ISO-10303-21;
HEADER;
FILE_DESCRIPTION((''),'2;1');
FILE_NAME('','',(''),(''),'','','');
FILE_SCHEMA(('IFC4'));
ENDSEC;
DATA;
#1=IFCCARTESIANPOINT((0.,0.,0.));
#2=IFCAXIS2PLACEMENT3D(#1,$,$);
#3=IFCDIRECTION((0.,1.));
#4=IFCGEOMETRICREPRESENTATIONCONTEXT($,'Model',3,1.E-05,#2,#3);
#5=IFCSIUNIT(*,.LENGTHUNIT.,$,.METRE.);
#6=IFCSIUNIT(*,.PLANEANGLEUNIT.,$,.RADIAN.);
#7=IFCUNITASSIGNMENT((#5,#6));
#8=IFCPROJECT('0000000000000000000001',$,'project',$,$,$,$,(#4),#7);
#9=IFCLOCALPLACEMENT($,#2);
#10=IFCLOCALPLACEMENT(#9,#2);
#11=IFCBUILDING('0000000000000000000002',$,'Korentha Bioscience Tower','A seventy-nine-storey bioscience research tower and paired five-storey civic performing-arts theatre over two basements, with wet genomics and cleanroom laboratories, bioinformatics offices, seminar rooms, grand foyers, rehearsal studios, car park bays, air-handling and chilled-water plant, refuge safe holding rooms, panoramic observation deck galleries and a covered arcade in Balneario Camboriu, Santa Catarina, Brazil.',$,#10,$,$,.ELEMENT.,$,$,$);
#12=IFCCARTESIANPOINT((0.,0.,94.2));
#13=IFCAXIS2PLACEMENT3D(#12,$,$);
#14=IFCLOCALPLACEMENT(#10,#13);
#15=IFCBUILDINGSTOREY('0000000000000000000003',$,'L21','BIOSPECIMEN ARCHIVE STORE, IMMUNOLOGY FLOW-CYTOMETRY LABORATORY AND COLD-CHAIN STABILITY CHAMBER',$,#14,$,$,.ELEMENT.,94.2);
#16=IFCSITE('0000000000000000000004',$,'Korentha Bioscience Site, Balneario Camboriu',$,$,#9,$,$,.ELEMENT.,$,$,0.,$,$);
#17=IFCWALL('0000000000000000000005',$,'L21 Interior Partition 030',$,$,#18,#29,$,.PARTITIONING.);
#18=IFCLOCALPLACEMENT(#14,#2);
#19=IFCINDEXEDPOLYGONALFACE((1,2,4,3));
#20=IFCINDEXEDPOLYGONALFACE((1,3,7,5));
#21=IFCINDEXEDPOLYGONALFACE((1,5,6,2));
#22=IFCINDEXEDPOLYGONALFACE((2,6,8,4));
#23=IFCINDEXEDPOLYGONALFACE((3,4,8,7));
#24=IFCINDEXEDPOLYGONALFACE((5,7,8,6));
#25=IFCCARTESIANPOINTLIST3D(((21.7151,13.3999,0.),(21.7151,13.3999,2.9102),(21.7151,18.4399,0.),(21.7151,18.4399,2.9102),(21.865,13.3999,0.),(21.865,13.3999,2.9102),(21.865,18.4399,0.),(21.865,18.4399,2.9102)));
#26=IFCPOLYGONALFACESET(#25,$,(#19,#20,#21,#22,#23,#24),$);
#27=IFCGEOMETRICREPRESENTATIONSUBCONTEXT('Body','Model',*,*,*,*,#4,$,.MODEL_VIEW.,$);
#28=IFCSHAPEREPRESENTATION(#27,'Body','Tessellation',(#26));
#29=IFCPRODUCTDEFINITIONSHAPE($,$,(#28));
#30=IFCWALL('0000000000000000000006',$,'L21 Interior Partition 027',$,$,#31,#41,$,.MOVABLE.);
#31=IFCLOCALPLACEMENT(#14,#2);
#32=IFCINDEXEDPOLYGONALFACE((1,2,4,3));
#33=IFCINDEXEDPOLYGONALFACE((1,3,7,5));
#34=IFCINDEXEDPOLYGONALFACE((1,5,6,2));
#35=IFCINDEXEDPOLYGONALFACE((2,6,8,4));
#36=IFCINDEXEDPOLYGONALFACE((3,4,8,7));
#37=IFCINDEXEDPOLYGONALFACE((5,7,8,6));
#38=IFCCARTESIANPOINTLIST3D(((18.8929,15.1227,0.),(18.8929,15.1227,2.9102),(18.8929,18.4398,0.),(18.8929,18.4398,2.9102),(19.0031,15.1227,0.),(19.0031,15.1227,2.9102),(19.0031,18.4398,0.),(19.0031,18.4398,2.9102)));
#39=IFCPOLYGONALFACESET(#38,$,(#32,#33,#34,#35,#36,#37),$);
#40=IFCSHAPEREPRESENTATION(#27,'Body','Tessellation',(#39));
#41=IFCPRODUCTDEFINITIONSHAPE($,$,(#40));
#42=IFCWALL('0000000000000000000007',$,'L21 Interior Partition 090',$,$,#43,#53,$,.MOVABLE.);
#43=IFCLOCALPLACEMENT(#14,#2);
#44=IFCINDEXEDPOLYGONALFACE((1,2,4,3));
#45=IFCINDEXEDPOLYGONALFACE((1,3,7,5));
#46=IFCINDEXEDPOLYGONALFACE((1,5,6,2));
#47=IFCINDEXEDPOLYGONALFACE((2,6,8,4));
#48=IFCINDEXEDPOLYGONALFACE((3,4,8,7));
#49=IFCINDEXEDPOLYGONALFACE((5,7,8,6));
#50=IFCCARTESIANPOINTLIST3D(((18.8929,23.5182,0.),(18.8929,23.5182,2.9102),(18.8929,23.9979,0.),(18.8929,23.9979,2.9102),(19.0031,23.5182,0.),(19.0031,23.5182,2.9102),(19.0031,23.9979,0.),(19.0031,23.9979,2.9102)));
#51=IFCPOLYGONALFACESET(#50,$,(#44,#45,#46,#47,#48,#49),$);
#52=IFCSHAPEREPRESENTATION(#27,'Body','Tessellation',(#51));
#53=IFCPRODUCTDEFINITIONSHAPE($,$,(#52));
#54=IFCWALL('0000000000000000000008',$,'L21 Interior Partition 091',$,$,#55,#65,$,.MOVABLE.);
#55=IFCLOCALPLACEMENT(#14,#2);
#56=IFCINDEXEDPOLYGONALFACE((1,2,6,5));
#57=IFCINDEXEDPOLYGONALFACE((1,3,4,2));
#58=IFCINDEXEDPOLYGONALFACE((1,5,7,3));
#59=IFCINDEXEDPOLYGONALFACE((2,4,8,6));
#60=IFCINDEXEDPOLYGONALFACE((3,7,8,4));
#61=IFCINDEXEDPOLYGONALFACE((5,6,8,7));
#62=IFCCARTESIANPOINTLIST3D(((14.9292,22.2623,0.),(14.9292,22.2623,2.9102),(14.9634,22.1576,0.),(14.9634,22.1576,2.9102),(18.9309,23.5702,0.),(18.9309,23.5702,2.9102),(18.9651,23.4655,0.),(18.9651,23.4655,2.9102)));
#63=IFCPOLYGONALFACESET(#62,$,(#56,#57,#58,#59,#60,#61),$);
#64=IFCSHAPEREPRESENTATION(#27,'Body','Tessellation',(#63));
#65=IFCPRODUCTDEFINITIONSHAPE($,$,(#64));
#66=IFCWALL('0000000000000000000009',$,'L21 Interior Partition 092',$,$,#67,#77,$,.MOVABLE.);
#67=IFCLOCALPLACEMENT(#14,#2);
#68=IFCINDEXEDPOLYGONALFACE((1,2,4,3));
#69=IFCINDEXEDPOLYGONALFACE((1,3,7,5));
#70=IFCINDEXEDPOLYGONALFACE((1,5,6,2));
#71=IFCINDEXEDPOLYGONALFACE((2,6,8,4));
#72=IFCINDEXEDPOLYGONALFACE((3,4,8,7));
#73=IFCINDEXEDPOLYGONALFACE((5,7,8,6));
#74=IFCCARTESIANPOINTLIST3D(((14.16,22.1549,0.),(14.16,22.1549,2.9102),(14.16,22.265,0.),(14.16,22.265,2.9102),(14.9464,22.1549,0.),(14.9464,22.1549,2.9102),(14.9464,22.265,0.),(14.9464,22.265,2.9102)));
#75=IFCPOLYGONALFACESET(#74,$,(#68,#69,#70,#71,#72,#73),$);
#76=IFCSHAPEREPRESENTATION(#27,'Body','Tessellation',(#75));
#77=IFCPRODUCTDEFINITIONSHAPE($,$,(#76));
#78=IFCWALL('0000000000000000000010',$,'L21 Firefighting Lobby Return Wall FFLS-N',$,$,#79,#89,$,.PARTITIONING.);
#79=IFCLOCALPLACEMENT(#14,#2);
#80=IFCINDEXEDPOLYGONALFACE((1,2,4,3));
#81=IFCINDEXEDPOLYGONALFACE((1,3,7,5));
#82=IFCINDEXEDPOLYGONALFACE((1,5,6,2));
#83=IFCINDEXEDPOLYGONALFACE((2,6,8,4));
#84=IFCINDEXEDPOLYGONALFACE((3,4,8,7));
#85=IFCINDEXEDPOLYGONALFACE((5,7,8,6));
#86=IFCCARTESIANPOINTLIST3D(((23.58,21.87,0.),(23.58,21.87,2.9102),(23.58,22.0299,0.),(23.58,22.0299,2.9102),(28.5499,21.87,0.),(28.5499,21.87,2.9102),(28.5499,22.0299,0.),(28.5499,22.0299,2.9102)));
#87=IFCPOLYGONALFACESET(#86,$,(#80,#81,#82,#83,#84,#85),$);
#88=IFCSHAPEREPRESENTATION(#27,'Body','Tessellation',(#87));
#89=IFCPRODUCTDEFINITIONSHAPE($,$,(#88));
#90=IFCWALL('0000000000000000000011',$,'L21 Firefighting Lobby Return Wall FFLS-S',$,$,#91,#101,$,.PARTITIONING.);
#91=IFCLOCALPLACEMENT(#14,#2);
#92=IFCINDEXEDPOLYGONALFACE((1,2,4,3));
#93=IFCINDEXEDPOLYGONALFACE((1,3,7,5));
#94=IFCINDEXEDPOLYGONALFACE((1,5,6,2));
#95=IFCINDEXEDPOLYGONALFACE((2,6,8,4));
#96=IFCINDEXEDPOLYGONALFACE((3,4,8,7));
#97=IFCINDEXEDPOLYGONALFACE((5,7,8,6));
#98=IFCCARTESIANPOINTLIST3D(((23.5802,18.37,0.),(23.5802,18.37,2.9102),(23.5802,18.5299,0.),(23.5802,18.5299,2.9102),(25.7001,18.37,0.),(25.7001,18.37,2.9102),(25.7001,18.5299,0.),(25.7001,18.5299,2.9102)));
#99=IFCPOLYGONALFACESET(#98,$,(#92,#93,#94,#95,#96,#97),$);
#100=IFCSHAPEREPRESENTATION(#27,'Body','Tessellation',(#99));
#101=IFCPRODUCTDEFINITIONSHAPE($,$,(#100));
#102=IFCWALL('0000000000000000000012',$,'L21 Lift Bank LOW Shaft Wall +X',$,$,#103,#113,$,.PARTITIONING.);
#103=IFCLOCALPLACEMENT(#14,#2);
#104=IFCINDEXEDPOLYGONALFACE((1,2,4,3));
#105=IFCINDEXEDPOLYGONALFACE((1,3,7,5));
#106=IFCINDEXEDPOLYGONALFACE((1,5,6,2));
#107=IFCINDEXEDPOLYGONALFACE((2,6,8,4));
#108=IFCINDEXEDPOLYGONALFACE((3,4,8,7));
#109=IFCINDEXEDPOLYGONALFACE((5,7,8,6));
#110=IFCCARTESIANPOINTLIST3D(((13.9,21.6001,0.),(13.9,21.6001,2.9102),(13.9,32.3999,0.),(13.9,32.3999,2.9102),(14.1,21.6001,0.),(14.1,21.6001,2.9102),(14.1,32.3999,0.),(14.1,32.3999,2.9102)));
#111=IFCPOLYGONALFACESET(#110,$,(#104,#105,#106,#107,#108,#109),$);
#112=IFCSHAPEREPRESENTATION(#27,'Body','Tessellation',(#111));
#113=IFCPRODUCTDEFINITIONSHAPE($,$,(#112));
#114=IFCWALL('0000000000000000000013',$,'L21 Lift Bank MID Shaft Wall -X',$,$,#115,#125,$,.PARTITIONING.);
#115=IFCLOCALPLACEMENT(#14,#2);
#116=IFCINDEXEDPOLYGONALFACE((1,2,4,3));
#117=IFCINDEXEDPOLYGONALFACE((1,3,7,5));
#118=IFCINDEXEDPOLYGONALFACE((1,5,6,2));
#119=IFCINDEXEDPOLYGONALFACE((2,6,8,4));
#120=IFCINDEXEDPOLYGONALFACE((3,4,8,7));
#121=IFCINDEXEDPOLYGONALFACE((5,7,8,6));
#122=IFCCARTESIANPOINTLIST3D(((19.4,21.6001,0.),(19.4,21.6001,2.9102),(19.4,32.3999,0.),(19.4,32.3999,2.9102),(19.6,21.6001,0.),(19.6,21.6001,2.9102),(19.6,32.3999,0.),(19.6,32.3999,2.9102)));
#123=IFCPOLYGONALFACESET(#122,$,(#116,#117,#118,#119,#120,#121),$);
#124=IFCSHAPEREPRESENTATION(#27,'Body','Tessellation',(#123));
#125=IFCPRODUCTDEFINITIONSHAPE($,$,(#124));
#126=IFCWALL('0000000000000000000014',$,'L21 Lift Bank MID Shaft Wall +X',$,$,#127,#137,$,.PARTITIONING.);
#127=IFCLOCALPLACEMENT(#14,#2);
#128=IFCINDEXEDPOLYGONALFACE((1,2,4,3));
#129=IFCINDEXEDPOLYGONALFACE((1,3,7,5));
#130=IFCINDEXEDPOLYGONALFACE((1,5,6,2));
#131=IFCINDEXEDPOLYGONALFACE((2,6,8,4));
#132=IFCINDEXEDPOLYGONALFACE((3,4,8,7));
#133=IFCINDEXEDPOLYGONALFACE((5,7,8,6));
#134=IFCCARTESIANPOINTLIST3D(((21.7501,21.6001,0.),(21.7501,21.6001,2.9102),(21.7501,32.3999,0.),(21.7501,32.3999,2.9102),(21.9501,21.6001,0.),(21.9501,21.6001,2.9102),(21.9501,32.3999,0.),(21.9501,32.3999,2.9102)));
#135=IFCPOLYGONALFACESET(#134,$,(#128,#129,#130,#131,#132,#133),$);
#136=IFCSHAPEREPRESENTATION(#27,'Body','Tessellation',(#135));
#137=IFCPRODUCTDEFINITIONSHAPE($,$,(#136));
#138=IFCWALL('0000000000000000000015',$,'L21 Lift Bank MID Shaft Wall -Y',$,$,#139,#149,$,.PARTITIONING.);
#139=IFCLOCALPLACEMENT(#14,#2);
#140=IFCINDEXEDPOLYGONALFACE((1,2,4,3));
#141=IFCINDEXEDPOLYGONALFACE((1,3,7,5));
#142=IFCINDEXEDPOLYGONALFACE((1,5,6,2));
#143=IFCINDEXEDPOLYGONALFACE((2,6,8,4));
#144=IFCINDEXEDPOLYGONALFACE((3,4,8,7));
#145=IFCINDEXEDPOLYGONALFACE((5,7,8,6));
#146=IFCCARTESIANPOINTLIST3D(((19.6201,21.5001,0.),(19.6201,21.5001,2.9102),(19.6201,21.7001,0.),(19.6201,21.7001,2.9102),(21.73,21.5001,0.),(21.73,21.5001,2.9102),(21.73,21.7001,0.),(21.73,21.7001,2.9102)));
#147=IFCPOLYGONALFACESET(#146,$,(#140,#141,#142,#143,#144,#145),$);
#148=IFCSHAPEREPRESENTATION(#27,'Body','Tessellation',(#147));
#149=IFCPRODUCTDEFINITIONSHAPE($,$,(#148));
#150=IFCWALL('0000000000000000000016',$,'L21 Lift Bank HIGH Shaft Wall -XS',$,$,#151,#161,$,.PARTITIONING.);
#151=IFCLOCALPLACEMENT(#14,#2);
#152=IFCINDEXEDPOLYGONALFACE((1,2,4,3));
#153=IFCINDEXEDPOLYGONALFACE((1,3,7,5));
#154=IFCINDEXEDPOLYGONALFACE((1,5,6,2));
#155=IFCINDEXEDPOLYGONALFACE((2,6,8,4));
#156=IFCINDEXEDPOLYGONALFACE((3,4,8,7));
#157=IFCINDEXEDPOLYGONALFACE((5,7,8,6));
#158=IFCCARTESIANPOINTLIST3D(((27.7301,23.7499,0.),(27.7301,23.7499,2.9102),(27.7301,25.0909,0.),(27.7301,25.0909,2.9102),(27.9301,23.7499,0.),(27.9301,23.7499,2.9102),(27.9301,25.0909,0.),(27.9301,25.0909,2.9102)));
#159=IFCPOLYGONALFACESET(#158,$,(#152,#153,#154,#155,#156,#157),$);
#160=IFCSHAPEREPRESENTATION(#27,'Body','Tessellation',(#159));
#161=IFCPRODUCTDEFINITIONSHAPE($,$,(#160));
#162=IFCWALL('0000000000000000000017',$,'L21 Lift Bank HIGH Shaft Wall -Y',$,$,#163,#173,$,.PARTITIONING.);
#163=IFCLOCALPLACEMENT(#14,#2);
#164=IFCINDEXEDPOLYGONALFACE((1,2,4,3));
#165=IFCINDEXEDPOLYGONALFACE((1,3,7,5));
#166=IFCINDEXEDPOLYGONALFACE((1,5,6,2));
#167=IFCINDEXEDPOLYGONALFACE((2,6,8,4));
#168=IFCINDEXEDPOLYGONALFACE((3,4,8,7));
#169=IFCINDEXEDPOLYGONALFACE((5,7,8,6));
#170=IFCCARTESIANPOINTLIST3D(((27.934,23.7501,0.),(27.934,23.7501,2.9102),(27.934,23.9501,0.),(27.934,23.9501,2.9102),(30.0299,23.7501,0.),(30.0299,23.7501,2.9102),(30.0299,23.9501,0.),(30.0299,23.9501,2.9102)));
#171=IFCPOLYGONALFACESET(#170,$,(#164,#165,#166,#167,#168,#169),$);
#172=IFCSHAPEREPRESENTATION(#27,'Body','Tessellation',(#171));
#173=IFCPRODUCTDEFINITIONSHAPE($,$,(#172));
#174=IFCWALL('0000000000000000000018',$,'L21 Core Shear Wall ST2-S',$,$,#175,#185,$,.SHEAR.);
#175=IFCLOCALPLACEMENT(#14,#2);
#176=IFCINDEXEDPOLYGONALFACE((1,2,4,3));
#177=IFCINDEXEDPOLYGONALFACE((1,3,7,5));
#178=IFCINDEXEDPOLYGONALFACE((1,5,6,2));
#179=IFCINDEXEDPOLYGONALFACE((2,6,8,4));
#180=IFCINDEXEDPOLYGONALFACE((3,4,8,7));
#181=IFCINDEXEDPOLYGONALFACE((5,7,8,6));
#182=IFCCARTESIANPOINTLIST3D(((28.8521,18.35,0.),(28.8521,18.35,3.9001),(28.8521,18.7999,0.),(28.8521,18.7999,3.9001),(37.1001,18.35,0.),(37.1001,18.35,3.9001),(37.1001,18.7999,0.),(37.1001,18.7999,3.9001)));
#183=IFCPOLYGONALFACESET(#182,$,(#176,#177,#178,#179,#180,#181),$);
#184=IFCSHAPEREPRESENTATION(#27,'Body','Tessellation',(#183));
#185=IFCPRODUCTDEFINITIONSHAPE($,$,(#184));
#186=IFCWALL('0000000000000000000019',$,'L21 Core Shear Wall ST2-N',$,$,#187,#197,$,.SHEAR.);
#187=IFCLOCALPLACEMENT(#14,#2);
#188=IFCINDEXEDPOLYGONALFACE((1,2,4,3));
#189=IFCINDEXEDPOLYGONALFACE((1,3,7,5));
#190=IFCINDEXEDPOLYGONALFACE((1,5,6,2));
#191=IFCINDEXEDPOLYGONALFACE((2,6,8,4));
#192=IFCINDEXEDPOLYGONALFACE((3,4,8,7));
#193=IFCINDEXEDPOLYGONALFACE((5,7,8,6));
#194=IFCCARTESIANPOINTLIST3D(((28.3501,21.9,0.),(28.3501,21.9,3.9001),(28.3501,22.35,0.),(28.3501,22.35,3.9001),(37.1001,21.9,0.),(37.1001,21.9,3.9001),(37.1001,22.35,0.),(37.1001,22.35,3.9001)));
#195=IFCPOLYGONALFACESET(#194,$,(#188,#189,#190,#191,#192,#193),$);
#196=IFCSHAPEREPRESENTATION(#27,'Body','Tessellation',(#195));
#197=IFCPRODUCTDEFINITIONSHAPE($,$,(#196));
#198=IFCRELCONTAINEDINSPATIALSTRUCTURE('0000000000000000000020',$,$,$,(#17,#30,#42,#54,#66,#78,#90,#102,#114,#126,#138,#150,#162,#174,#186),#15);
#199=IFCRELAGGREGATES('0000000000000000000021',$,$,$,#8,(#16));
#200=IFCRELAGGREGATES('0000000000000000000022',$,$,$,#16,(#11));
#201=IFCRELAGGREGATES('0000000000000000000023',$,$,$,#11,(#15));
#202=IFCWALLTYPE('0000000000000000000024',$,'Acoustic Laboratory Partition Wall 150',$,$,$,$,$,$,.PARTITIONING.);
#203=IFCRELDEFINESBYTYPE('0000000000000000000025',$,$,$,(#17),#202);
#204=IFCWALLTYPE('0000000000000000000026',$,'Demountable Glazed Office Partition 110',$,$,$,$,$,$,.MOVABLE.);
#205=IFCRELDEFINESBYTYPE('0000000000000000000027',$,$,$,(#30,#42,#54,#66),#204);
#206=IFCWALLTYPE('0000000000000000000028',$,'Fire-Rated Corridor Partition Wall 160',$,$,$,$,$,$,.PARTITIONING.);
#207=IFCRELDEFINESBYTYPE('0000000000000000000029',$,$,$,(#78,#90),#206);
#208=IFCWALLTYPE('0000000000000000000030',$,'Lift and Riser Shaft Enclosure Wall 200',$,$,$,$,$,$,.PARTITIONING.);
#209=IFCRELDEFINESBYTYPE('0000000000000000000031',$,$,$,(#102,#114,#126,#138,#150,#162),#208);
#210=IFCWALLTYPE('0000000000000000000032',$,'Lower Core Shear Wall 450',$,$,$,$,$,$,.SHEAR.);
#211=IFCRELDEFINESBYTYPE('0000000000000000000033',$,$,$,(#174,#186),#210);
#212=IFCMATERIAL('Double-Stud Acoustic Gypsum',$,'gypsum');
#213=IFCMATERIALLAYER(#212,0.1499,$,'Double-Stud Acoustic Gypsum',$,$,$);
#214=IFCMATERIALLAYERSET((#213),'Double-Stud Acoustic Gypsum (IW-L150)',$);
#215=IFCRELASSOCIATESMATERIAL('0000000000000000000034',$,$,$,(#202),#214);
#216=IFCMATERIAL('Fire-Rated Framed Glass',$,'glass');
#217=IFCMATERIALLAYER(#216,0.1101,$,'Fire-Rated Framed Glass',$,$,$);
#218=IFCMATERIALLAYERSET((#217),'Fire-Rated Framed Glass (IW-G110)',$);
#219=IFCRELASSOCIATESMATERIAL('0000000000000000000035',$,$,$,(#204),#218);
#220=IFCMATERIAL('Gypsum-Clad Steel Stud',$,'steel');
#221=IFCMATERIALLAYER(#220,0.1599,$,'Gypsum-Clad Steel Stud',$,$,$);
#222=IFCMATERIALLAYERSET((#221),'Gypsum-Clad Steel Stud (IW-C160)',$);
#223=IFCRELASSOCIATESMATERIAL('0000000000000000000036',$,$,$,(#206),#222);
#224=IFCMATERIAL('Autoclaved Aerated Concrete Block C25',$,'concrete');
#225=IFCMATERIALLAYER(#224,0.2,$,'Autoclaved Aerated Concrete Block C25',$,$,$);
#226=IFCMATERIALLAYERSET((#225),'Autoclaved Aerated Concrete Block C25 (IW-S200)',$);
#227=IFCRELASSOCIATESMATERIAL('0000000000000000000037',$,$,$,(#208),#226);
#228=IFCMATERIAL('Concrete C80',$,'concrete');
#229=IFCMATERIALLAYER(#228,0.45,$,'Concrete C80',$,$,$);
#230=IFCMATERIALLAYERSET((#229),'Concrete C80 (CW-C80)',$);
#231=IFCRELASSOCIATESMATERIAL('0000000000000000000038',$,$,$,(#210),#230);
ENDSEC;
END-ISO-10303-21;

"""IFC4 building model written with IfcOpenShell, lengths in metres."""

from ifc_helpers import new_model, si_unit, direction, frame, frame_2d, origin, place, context, subcontext, project, spatial, rectangle, extrude, material, layer, layer_set, type_object, element, save


model = new_model("IFC4")

# Units and contexts
model_context = context("Model", 3, precision=1e-05, world=origin(), true_north=direction((0.0, 1.0)))
body_context = subcontext(model_context, "Body", "Model", "MODEL_VIEW")
ifc_project = project(units=[si_unit("LENGTHUNIT", "METRE"), si_unit("PLANEANGLEUNIT", "RADIAN")], contexts=[model_context])

# Site, building, storey
site_placement = place(None, origin())
site = spatial("IfcSite", under=ifc_project, at=site_placement, Name="Korentha Bioscience Site, Balneario Camboriu", CompositionType="ELEMENT", RefElevation=0.0)
building_placement = place(site_placement, origin())
building = spatial("IfcBuilding", under=site, at=building_placement, Name="Korentha Bioscience Tower", Description="A seventy-nine-storey bioscience research tower and paired five-storey civic performing-arts theatre over two basements, with wet genomics and cleanroom laboratories, bioinformatics offices, seminar rooms, grand foyers, rehearsal studios, car park bays, air-handling and chilled-water plant, refuge safe holding rooms, panoramic observation deck galleries and a covered arcade in Balneario Camboriu, Santa Catarina, Brazil.", CompositionType="ELEMENT")
storey_placement = place(building_placement, frame((0.0, 0.0, 94.2)))
storey = spatial("IfcBuildingStorey", under=building, at=storey_placement, Name="L21", Description="BIOSPECIMEN ARCHIVE STORE, IMMUNOLOGY FLOW-CYTOMETRY LABORATORY AND COLD-CHAIN STABILITY CHAMBER", CompositionType="ELEMENT", Elevation=94.2)

# Shared definitions
ifc_material_1 = material(Name="Concrete C80", Category="concrete")

# Walls
ifc_material_2 = material(Name="Double-Stud Acoustic Gypsum", Category="gypsum")
ifc_layer_1 = layer(ifc_material_2, 0.1499, Name="Double-Stud Acoustic Gypsum")
ifc_layer_set_1 = layer_set([ifc_layer_1], Name="Double-Stud Acoustic Gypsum (IW-L150)")
wall_type_1 = type_object("IfcWallType", Name="Acoustic Laboratory Partition Wall 150", PredefinedType="PARTITIONING", material=ifc_layer_set_1)
wall_1_placement = place(storey_placement, frame((21.79, 18.4399, 0.0), z_axis=(0.0, 0.0, 1.0), x_axis=(0.0, -1.0, 0.0)))
element("IfcWall", 1, at=wall_1_placement, inside=storey, type_object=wall_type_1, Name="L21 Interior Partition 030", PredefinedType="PARTITIONING", context=body_context, shape_type="SweptSolid", body=[
    extrude(rectangle(XDim=5.04, YDim=0.1499, at=frame_2d((2.52, 0.0))), origin(), (0.0, 0.0, 1.0), 2.9102),
])
ifc_material_3 = material(Name="Fire-Rated Framed Glass", Category="glass")
ifc_layer_2 = layer(ifc_material_3, 0.1101, Name="Fire-Rated Framed Glass")
ifc_layer_set_2 = layer_set([ifc_layer_2], Name="Fire-Rated Framed Glass (IW-G110)")
wall_type_2 = type_object("IfcWallType", Name="Demountable Glazed Office Partition 110", PredefinedType="MOVABLE", material=ifc_layer_set_2)
wall_2_placement = place(storey_placement, frame((18.948, 18.4399, 0.0), z_axis=(0.0, 0.0, 1.0), x_axis=(0.0, -1.0, 0.0)))
element("IfcWall", 2, at=wall_2_placement, inside=storey, type_object=wall_type_2, Name="L21 Interior Partition 027", PredefinedType="MOVABLE", context=body_context, shape_type="SweptSolid", body=[
    extrude(rectangle(XDim=3.3171, YDim=0.1101, at=frame_2d((1.6587, 0.0))), origin(), (0.0, 0.0, 1.0), 2.9102),
])
wall_3_placement = place(storey_placement, frame((18.948, 23.9978, 0.0), z_axis=(0.0, 0.0, 1.0), x_axis=(0.0, -1.0, 0.0)))
element("IfcWall", 3, at=wall_3_placement, inside=storey, type_object=wall_type_2, Name="L21 Interior Partition 090", PredefinedType="MOVABLE", context=body_context, shape_type="SweptSolid", body=[
    extrude(rectangle(XDim=0.4797, YDim=0.1101, at=frame_2d((0.2397, 0.0))), origin(), (0.0, 0.0, 1.0), 2.9102),
])
wall_4_placement = place(storey_placement, frame((18.948, 23.5178, 0.0), z_axis=(0.0, 0.0, 1.0), x_axis=(-0.950523, -0.310655, 0.0)))
element("IfcWall", 4, at=wall_4_placement, inside=storey, type_object=wall_type_2, Name="L21 Interior Partition 091", PredefinedType="MOVABLE", context=body_context, shape_type="SweptSolid", body=[
    extrude(rectangle(XDim=4.21, YDim=0.1101, at=frame_2d((2.105, 0.0))), origin(), (0.0, 0.0, 1.0), 2.9102),
])
wall_5_placement = place(storey_placement, frame((14.9463, 22.21, 0.0), z_axis=(0.0, 0.0, 1.0), x_axis=(-1.0, 0.0, 0.0)))
element("IfcWall", 5, at=wall_5_placement, inside=storey, type_object=wall_type_2, Name="L21 Interior Partition 092", PredefinedType="MOVABLE", context=body_context, shape_type="SweptSolid", body=[
    extrude(rectangle(XDim=0.7864, YDim=0.1101, at=frame_2d((0.3931, 0.0))), origin(), (0.0, 0.0, 1.0), 2.9102),
])

# Shared definitions
ifc_material_4 = material(Name="Gypsum-Clad Steel Stud", Category="steel")
ifc_layer_3 = layer(ifc_material_4, 0.1599, Name="Gypsum-Clad Steel Stud")
ifc_layer_set_3 = layer_set([ifc_layer_3], Name="Gypsum-Clad Steel Stud (IW-C160)")
wall_type_3 = type_object("IfcWallType", Name="Fire-Rated Corridor Partition Wall 160", PredefinedType="PARTITIONING", material=ifc_layer_set_3)

# Walls
wall_6_placement = place(storey_placement, frame((23.5801, 21.95, 0.0), z_axis=(0.0, 0.0, 1.0), x_axis=(1.0, 0.0, 0.0)))
element("IfcWall", 6, at=wall_6_placement, inside=storey, type_object=wall_type_3, Name="L21 Firefighting Lobby Return Wall FFLS-N", PredefinedType="PARTITIONING", context=body_context, shape_type="SweptSolid", body=[
    extrude(rectangle(XDim=4.97, YDim=0.1599, at=frame_2d((2.4849, 0.0))), origin(), (0.0, 0.0, 1.0), 2.9102),
])
wall_7_placement = place(storey_placement, frame((23.5801, 18.45, 0.0), z_axis=(0.0, 0.0, 1.0), x_axis=(1.0, 0.0, 0.0)))
element("IfcWall", 7, at=wall_7_placement, inside=storey, type_object=wall_type_3, Name="L21 Firefighting Lobby Return Wall FFLS-S", PredefinedType="PARTITIONING", context=body_context, shape_type="SweptSolid", body=[
    extrude(rectangle(XDim=2.1199, YDim=0.1599, at=frame_2d((1.0601, 0.0))), origin(), (0.0, 0.0, 1.0), 2.9102),
])
ifc_material_5 = material(Name="Autoclaved Aerated Concrete Block C25", Category="concrete")
ifc_layer_4 = layer(ifc_material_5, 0.2, Name="Autoclaved Aerated Concrete Block C25")
ifc_layer_set_4 = layer_set([ifc_layer_4], Name="Autoclaved Aerated Concrete Block C25 (IW-S200)")
wall_type_4 = type_object("IfcWallType", Name="Lift and Riser Shaft Enclosure Wall 200", PredefinedType="PARTITIONING", material=ifc_layer_set_4)
for number, where, z_axis, x_axis, name in (
    (8, (14.0, 21.6001, 0.0), (0.0, 0.0, 1.0), (0.0, 1.0, 0.0), "L21 Lift Bank LOW Shaft Wall +X"),
    (9, (19.5, 21.6001, 0.0), (0.0, 0.0, 1.0), (0.0, 1.0, 0.0), "L21 Lift Bank MID Shaft Wall -X"),
    (10, (21.8501, 21.6001, 0.0), (0.0, 0.0, 1.0), (0.0, 1.0, 0.0), "L21 Lift Bank MID Shaft Wall +X"),
):
    element("IfcWall", number, at=place(storey_placement, frame(where, z_axis=z_axis, x_axis=x_axis)), inside=storey, type_object=wall_type_4, Name=name, PredefinedType="PARTITIONING", context=body_context, shape_type="SweptSolid", body=[
        extrude(rectangle(XDim=10.7998, YDim=0.2, at=frame_2d((5.3999, 0.0))), origin(), (0.0, 0.0, 1.0), 2.9102),
    ])
wall_8_placement = place(storey_placement, frame((19.6201, 21.6001, 0.0), z_axis=(0.0, 0.0, 1.0), x_axis=(1.0, 0.0, 0.0)))
element("IfcWall", 11, at=wall_8_placement, inside=storey, type_object=wall_type_4, Name="L21 Lift Bank MID Shaft Wall -Y", PredefinedType="PARTITIONING", context=body_context, shape_type="SweptSolid", body=[
    extrude(rectangle(XDim=2.1099, YDim=0.2, at=frame_2d((1.0549, 0.0))), origin(), (0.0, 0.0, 1.0), 2.9102),
])
wall_9_placement = place(storey_placement, frame((27.8301, 23.75, 0.0), z_axis=(0.0, 0.0, 1.0), x_axis=(0.0, 1.0, 0.0)))
element("IfcWall", 12, at=wall_9_placement, inside=storey, type_object=wall_type_4, Name="L21 Lift Bank HIGH Shaft Wall -XS", PredefinedType="PARTITIONING", context=body_context, shape_type="SweptSolid", body=[
    extrude(rectangle(XDim=1.3411, YDim=0.2, at=frame_2d((0.6704, 0.0))), origin(), (0.0, 0.0, 1.0), 2.9102),
])
wall_10_placement = place(storey_placement, frame((27.9341, 23.8501, 0.0), z_axis=(0.0, 0.0, 1.0), x_axis=(1.0, 0.0, 0.0)))
element("IfcWall", 13, at=wall_10_placement, inside=storey, type_object=wall_type_4, Name="L21 Lift Bank HIGH Shaft Wall -Y", PredefinedType="PARTITIONING", context=body_context, shape_type="SweptSolid", body=[
    extrude(rectangle(XDim=2.0959, YDim=0.2, at=frame_2d((1.0479, 0.0))), origin(), (0.0, 0.0, 1.0), 2.9102),
])
ifc_layer_5 = layer(ifc_material_1, 0.45, Name="Concrete C80")
ifc_layer_set_5 = layer_set([ifc_layer_5], Name="Concrete C80 (CW-C80)")
wall_type_5 = type_object("IfcWallType", Name="Lower Core Shear Wall 450", PredefinedType="SHEAR", material=ifc_layer_set_5)
wall_11_placement = place(storey_placement, frame((28.8521, 18.575, 0.0), z_axis=(0.0, 0.0, 1.0), x_axis=(1.0, 0.0, 0.0)))
element("IfcWall", 14, at=wall_11_placement, inside=storey, type_object=wall_type_5, Name="L21 Core Shear Wall ST2-S", PredefinedType="SHEAR", context=body_context, shape_type="SweptSolid", body=[
    extrude(rectangle(XDim=8.248, YDim=0.45, at=frame_2d((4.124, 0.0))), origin(), (0.0, 0.0, 1.0), 3.9001),
])
wall_12_placement = place(storey_placement, frame((28.3501, 22.125, 0.0), z_axis=(0.0, 0.0, 1.0), x_axis=(1.0, 0.0, 0.0)))
element("IfcWall", 15, at=wall_12_placement, inside=storey, type_object=wall_type_5, Name="L21 Core Shear Wall ST2-N", PredefinedType="SHEAR", context=body_context, shape_type="SweptSolid", body=[
    extrude(rectangle(XDim=8.75, YDim=0.45, at=frame_2d((4.375, 0.0))), origin(), (0.0, 0.0, 1.0), 3.9001),
])

save(model, "model.ifc")
